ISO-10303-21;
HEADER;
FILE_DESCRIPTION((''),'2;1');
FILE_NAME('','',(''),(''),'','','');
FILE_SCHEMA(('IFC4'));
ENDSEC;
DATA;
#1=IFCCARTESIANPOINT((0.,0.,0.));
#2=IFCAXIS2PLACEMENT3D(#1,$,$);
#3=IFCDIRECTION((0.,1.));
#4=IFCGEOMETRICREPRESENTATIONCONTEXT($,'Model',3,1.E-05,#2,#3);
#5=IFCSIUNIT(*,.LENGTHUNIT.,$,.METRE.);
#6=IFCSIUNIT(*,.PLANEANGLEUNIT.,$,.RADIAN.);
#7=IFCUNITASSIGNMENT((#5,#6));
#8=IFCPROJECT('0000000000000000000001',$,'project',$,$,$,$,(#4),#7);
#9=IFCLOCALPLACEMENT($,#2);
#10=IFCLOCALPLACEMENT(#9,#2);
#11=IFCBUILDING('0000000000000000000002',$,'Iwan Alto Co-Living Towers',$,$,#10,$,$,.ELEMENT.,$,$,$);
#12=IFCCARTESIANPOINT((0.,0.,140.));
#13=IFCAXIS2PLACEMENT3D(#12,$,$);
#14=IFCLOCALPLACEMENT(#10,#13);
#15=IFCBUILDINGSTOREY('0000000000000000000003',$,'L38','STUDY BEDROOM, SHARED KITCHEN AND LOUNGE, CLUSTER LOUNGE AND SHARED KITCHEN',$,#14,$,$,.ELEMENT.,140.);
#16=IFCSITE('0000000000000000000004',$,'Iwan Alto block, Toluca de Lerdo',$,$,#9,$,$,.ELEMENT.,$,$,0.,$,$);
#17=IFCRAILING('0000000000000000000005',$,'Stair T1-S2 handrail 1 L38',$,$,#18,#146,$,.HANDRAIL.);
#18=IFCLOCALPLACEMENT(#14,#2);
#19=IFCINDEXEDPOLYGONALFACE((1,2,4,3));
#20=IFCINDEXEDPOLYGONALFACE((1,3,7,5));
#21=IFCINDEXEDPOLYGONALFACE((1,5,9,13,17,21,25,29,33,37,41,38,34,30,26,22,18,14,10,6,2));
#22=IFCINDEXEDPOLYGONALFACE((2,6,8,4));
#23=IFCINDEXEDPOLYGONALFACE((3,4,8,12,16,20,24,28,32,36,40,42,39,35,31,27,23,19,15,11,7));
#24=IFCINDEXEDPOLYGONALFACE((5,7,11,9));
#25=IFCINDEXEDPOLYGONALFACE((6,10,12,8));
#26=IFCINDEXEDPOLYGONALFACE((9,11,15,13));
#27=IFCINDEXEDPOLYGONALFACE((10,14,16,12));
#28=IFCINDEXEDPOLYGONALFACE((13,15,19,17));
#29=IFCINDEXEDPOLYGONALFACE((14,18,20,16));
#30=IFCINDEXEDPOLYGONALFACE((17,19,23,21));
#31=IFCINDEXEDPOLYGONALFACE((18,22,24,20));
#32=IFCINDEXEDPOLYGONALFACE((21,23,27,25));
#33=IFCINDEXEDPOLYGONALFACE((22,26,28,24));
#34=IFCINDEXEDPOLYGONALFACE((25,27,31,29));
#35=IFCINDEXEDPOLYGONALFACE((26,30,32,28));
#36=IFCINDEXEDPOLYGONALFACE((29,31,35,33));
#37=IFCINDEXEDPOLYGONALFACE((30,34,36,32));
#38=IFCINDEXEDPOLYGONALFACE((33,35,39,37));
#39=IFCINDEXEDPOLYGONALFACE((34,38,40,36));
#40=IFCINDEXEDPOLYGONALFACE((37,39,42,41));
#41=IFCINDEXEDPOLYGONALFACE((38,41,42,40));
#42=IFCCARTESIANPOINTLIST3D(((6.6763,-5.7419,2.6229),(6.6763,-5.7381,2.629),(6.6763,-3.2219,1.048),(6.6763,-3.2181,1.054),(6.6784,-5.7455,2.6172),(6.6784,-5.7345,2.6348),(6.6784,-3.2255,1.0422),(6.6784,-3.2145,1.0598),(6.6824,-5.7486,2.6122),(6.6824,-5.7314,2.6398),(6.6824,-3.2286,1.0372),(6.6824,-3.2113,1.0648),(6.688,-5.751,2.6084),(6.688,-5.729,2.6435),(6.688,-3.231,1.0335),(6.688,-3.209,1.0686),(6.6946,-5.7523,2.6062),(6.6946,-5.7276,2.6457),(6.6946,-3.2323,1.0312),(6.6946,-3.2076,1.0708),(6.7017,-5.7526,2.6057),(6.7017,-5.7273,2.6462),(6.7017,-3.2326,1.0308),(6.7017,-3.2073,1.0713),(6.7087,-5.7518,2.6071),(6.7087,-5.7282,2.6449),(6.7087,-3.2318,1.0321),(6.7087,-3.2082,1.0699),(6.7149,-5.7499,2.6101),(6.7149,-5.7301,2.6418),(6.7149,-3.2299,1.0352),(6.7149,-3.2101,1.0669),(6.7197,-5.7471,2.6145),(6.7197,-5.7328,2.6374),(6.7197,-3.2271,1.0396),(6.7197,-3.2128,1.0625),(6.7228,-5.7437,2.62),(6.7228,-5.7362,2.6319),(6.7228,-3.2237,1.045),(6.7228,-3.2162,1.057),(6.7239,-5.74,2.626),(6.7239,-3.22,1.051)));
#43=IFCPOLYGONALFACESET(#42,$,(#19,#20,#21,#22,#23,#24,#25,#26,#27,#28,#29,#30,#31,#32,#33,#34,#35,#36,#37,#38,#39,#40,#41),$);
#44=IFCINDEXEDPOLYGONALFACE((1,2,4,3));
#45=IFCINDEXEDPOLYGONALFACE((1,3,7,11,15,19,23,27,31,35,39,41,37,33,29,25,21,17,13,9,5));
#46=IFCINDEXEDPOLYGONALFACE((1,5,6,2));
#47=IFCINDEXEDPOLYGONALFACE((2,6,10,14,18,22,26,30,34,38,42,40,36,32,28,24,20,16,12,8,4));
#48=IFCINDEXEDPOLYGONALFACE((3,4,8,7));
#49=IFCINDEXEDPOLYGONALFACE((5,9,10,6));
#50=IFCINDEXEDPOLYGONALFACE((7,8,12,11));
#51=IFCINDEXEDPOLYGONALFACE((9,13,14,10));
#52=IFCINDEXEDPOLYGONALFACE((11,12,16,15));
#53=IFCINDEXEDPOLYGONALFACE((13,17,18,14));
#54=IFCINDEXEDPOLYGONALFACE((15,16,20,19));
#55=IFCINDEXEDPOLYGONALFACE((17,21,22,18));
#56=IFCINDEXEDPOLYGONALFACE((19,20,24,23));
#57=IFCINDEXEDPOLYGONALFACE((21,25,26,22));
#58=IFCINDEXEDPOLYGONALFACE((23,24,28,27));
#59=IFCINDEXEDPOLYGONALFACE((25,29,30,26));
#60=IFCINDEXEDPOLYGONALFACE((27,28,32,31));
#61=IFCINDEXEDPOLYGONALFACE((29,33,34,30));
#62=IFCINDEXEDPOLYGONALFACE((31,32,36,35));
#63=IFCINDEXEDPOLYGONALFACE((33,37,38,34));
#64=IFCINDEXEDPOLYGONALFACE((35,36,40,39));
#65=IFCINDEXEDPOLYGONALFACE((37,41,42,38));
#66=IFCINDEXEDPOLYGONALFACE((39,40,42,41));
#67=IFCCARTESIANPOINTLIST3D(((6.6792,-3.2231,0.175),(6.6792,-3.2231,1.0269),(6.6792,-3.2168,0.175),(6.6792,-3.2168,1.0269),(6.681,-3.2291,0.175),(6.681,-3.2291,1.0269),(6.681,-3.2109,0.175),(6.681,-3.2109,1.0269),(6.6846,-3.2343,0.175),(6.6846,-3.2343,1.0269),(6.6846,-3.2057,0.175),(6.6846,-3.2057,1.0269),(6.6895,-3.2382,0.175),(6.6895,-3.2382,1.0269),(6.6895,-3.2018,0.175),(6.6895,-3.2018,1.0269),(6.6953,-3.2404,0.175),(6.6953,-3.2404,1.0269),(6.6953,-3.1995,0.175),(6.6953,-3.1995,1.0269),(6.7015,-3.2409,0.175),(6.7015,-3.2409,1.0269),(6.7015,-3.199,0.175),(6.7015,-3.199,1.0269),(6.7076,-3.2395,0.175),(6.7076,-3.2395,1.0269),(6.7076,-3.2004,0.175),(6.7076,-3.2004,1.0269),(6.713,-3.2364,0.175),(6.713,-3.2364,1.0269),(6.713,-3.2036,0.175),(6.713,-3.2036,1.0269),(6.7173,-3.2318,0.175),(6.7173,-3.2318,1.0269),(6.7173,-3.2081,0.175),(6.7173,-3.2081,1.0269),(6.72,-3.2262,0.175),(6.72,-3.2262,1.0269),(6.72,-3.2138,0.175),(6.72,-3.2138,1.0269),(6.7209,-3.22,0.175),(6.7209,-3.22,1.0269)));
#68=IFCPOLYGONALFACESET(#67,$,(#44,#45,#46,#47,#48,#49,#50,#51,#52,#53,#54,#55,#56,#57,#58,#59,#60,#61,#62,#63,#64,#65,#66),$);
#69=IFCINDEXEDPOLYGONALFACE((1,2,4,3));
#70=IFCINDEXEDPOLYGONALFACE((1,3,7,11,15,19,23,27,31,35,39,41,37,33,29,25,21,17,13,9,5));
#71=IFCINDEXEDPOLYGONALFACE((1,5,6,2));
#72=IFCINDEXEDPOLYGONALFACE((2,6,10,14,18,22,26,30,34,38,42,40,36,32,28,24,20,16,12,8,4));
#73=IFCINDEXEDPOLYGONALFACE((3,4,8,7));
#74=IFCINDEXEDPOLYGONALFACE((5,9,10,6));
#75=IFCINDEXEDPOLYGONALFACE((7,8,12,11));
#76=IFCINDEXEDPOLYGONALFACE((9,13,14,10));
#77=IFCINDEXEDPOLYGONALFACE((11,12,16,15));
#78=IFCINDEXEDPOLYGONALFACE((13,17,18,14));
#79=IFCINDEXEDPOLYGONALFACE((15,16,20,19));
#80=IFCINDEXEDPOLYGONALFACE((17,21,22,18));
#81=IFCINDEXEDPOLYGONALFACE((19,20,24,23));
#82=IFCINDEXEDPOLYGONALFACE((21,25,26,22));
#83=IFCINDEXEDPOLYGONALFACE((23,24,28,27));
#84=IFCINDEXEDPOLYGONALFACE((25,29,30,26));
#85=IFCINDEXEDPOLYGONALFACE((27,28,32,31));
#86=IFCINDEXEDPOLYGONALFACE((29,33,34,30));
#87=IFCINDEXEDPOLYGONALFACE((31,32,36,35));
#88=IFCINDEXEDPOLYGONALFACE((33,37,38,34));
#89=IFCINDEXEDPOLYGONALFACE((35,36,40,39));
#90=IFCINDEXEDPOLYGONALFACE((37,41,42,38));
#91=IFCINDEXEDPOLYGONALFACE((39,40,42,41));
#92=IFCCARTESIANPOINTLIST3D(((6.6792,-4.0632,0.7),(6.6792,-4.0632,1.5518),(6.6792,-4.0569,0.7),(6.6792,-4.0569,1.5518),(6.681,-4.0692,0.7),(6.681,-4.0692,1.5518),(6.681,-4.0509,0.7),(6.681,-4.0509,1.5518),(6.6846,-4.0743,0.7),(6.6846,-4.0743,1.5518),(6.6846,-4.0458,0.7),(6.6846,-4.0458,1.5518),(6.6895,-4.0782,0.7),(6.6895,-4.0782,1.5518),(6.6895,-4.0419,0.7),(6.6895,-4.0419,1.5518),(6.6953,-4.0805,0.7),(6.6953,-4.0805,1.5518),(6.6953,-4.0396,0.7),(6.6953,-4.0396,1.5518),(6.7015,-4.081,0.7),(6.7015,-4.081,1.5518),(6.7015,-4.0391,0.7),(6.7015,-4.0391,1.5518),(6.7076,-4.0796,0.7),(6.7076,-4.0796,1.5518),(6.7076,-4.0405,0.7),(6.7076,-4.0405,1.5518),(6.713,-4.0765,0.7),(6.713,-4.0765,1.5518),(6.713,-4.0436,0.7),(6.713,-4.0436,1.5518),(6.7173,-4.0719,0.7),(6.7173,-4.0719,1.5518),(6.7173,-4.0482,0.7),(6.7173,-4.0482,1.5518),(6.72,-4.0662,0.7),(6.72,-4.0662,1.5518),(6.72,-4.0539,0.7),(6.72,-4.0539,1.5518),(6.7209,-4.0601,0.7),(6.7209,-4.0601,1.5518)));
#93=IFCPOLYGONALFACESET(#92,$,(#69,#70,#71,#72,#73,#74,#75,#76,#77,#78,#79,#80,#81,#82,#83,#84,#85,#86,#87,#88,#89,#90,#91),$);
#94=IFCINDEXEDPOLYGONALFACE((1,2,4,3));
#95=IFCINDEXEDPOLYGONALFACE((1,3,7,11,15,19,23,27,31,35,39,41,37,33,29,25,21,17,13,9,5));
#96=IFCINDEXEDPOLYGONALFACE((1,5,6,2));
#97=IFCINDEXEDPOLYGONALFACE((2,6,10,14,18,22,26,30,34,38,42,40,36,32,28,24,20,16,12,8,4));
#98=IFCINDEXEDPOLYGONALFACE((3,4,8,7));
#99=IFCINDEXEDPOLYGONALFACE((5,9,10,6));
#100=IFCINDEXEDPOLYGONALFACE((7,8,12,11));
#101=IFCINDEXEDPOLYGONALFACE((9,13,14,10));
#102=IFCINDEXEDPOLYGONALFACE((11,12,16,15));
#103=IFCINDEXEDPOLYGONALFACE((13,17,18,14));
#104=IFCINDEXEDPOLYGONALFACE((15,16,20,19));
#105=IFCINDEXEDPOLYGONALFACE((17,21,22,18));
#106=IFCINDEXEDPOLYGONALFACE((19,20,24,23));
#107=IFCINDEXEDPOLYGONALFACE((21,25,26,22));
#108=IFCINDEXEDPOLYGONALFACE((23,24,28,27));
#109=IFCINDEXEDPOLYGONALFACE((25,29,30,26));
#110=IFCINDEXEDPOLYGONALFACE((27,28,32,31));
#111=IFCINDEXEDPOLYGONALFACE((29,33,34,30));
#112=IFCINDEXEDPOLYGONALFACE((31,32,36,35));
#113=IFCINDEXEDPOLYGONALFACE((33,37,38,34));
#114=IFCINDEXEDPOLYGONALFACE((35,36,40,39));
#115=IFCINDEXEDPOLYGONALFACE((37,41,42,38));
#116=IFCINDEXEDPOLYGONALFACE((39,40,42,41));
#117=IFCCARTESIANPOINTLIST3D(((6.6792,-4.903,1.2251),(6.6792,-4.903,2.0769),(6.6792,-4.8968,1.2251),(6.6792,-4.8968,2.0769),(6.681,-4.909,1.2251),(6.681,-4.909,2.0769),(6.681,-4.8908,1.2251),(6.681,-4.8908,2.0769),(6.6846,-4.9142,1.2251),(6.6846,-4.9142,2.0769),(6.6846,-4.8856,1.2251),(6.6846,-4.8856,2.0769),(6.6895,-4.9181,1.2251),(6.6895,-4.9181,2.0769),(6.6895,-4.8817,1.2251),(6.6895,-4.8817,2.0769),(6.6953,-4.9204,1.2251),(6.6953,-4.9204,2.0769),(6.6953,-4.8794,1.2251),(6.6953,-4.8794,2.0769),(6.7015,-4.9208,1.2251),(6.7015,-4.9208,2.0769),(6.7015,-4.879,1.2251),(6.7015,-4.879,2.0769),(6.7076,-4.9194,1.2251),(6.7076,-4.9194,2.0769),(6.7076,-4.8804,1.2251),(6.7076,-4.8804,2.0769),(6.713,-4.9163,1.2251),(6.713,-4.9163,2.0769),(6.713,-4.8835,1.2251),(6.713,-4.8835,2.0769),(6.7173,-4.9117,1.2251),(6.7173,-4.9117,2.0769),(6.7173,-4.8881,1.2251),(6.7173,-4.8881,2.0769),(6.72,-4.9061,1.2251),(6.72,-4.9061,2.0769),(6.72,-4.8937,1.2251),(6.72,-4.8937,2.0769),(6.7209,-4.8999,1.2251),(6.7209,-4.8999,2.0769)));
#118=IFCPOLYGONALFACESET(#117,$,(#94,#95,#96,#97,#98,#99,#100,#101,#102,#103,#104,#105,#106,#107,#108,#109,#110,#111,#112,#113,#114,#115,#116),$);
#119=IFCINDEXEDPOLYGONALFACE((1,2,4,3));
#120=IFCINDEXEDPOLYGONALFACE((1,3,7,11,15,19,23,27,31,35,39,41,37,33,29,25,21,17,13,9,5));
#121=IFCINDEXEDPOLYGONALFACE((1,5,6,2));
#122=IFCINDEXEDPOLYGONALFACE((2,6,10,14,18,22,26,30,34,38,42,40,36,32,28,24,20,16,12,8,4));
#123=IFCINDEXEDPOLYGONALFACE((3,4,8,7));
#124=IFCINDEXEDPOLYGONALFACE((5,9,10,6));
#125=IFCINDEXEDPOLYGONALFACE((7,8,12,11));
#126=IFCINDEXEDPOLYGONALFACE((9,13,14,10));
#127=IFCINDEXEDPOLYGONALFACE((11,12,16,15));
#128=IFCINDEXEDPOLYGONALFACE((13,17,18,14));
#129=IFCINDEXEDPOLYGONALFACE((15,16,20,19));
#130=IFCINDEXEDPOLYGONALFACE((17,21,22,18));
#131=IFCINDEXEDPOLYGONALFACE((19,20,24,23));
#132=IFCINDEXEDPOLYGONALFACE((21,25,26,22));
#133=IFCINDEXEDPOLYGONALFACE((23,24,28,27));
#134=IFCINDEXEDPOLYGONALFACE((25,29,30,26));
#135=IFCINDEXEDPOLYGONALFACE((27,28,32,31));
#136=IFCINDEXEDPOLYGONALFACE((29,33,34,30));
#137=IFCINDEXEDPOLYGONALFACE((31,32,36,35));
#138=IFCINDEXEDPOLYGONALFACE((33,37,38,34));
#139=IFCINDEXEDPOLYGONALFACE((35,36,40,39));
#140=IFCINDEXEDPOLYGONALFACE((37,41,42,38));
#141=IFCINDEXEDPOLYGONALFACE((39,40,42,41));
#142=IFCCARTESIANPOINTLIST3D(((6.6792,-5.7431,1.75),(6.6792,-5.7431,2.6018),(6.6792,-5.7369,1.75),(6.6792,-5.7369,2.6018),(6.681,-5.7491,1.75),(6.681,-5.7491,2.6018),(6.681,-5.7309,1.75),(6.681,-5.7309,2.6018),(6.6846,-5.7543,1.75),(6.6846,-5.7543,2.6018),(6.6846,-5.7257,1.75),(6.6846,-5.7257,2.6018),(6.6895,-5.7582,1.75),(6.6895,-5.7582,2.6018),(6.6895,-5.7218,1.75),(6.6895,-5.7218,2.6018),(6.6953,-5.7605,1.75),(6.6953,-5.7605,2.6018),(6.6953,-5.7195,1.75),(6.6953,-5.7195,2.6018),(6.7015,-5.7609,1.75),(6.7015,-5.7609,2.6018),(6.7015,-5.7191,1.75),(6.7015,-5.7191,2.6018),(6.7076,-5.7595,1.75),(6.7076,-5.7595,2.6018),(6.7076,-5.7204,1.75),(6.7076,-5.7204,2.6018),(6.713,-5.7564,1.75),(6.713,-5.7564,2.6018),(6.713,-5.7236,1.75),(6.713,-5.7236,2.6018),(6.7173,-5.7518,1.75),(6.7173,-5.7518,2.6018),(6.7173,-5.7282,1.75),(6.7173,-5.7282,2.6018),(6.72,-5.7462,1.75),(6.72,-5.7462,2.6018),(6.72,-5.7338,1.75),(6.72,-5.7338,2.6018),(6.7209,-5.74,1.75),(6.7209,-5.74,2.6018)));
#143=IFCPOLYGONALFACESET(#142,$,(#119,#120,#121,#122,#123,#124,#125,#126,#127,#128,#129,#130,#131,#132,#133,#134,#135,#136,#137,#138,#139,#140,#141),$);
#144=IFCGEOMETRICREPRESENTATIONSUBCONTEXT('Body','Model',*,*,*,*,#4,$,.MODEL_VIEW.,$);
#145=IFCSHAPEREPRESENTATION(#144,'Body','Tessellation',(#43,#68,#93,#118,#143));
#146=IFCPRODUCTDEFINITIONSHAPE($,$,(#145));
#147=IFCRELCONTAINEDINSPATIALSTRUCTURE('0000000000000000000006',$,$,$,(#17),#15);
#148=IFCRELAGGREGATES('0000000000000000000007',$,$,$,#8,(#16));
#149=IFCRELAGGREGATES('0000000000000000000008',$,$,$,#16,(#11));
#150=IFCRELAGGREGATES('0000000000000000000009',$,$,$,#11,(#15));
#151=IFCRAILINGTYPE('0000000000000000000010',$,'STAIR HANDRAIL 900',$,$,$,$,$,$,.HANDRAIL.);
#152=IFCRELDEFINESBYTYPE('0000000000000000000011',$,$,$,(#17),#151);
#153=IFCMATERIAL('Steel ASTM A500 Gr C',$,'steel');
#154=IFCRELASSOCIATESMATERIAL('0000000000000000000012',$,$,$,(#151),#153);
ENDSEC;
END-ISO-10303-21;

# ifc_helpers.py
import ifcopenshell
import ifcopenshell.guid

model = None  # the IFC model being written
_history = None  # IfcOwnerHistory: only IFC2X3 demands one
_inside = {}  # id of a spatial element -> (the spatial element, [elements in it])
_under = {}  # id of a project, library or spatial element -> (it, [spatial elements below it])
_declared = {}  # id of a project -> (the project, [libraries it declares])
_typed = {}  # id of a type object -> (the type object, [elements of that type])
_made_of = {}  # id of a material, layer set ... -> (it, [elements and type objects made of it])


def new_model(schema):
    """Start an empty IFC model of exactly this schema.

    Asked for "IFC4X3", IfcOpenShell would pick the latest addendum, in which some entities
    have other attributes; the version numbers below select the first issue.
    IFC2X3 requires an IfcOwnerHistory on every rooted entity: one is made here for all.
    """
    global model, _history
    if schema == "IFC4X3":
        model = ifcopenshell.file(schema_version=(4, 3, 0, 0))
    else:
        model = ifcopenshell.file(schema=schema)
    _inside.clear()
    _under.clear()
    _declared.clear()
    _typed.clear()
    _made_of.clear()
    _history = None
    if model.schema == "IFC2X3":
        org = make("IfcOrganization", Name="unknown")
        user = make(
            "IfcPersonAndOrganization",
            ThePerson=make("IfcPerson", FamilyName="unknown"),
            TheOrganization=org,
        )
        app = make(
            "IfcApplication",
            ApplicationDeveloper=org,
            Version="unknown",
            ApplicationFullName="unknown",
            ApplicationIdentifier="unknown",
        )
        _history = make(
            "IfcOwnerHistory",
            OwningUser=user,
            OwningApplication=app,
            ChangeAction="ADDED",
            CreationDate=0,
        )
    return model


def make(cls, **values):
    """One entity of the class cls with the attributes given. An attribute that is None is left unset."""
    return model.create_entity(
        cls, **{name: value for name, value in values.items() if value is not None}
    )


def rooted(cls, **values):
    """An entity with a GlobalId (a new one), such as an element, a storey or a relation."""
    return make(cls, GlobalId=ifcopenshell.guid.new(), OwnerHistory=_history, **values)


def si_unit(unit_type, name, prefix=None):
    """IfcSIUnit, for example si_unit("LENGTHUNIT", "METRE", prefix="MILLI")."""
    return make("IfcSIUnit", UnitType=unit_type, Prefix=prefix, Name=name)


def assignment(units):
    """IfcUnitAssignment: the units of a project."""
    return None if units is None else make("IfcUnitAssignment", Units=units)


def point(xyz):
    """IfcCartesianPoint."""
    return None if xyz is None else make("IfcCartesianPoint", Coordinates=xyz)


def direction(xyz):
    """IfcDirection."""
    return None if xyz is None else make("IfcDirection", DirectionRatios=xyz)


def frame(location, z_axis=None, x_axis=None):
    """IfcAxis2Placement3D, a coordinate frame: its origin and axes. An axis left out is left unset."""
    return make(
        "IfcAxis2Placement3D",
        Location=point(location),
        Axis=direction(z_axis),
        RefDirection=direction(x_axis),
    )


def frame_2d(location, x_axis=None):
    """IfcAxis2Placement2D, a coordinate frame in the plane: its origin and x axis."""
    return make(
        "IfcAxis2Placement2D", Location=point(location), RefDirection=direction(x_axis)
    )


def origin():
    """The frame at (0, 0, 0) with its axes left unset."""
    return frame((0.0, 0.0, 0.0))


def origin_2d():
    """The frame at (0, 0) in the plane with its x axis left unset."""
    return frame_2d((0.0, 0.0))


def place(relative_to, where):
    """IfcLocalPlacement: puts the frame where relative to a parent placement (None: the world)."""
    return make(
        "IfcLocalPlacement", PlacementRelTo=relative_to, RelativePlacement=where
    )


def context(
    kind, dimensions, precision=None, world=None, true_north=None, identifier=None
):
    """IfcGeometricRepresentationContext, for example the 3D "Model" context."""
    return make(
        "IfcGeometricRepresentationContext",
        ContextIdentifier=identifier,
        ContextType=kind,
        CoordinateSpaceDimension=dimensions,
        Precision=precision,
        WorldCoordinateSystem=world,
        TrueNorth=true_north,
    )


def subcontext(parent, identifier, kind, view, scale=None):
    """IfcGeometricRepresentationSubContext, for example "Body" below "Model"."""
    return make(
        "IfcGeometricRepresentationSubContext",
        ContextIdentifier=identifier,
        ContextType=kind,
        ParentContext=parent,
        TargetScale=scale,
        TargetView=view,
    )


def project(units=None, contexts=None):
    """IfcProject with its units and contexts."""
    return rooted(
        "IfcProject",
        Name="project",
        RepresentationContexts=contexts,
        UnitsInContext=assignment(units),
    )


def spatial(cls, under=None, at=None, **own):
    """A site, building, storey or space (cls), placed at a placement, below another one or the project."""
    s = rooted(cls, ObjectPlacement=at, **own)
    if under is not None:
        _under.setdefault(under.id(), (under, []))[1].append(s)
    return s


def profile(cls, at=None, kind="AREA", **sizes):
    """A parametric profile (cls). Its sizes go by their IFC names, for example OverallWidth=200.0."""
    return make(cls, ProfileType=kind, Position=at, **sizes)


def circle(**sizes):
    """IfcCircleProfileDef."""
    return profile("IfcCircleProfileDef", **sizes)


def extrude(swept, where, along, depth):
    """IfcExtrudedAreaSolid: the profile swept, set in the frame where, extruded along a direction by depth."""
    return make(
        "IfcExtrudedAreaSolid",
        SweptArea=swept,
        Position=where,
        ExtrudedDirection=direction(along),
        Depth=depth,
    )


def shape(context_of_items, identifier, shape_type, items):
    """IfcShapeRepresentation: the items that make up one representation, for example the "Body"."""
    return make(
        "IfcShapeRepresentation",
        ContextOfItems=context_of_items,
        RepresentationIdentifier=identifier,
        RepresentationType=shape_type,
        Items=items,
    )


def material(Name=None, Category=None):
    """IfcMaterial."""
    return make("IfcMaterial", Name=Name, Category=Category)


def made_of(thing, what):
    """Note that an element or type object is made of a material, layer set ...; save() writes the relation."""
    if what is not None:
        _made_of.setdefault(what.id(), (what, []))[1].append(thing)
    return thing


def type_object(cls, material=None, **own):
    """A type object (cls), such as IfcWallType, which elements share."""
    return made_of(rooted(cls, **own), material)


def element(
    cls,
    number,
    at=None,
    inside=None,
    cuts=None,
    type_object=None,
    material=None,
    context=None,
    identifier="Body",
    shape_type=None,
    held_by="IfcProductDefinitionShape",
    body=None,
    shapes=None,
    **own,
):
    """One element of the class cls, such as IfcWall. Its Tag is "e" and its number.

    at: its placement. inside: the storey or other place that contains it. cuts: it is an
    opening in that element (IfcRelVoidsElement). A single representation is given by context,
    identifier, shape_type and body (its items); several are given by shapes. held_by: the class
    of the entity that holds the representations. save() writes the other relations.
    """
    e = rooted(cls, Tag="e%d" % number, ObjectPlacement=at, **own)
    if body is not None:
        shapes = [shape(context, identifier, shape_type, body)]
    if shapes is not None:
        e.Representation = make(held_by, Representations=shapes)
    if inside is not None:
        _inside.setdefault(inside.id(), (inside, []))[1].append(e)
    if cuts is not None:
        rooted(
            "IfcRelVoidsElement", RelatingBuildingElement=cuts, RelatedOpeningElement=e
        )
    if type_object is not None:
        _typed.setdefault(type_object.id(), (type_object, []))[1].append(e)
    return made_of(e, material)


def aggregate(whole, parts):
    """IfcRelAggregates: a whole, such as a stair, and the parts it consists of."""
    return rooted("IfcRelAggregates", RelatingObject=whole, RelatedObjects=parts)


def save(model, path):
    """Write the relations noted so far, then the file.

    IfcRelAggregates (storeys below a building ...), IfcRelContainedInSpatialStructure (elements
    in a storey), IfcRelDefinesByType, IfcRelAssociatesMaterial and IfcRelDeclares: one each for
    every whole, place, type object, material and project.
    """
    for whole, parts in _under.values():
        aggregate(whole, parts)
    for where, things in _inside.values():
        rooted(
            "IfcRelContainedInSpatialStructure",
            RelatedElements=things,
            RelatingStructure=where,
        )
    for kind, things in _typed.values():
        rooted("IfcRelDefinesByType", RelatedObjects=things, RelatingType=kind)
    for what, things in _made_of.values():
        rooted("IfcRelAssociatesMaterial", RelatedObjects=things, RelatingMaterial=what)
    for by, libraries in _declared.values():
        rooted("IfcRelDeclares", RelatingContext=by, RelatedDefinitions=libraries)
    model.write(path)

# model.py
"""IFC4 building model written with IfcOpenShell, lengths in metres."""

from ifc_helpers import new_model, si_unit, direction, frame, origin, origin_2d, place, context, subcontext, project, spatial, circle, extrude, material, type_object, element, save


model = new_model("IFC4")

# Units and contexts
model_context = context("Model", 3, precision=1e-05, world=origin(), true_north=direction((0.0, 1.0)))
body_context = subcontext(model_context, "Body", "Model", "MODEL_VIEW")
ifc_project = project(units=[si_unit("LENGTHUNIT", "METRE"), si_unit("PLANEANGLEUNIT", "RADIAN")], contexts=[model_context])

# Site, building, storey
site_placement = place(None, origin())
site = spatial("IfcSite", under=ifc_project, at=site_placement, Name="Iwan Alto block, Toluca de Lerdo", CompositionType="ELEMENT", RefElevation=0.0)
building_placement = place(site_placement, origin())
building = spatial("IfcBuilding", under=site, at=building_placement, Name="Iwan Alto Co-Living Towers", CompositionType="ELEMENT")
storey_placement = place(building_placement, frame((0.0, 0.0, 140.0)))
storey = spatial("IfcBuildingStorey", under=building, at=storey_placement, Name="L38", Description="STUDY BEDROOM, SHARED KITCHEN AND LOUNGE, CLUSTER LOUNGE AND SHARED KITCHEN", CompositionType="ELEMENT", Elevation=140.0)

# Railing
ifc_material_1 = material(Name="Steel ASTM A500 Gr C", Category="steel")
railing_type_1 = type_object("IfcRailingType", Name="STAIR HANDRAIL 900", PredefinedType="HANDRAIL", material=ifc_material_1)
railing_1_placement = place(storey_placement, frame((6.7, -3.22, 0.175)))
element("IfcRailing", 1, at=railing_1_placement, inside=storey, type_object=railing_type_1, Name="Stair T1-S2 handrail 1 L38", PredefinedType="HANDRAIL", context=body_context, shape_type="SweptSolid", body=[
    extrude(circle(Radius=0.0239, at=origin_2d()), frame((0.0, 0.0, 0.876), z_axis=(0.0, -0.848008, 0.529984), x_axis=(1.0, 0.0, 0.0)), (0.0, 0.0, 1.0), 2.9717),
    extrude(circle(Radius=0.021, at=origin_2d()), origin(), (0.0, 0.0, 1.0), 0.8518),
    extrude(circle(Radius=0.021, at=origin_2d()), frame((0.0, -0.8401, 0.5249)), (0.0, 0.0, 1.0), 0.8518),
    extrude(circle(Radius=0.021, at=origin_2d()), frame((0.0, -1.6799, 1.05)), (0.0, 0.0, 1.0), 0.8518),
    extrude(circle(Radius=0.021, at=origin_2d()), frame((0.0, -2.52, 1.575)), (0.0, 0.0, 1.0), 0.8518),
])

save(model, "model.ifc")
